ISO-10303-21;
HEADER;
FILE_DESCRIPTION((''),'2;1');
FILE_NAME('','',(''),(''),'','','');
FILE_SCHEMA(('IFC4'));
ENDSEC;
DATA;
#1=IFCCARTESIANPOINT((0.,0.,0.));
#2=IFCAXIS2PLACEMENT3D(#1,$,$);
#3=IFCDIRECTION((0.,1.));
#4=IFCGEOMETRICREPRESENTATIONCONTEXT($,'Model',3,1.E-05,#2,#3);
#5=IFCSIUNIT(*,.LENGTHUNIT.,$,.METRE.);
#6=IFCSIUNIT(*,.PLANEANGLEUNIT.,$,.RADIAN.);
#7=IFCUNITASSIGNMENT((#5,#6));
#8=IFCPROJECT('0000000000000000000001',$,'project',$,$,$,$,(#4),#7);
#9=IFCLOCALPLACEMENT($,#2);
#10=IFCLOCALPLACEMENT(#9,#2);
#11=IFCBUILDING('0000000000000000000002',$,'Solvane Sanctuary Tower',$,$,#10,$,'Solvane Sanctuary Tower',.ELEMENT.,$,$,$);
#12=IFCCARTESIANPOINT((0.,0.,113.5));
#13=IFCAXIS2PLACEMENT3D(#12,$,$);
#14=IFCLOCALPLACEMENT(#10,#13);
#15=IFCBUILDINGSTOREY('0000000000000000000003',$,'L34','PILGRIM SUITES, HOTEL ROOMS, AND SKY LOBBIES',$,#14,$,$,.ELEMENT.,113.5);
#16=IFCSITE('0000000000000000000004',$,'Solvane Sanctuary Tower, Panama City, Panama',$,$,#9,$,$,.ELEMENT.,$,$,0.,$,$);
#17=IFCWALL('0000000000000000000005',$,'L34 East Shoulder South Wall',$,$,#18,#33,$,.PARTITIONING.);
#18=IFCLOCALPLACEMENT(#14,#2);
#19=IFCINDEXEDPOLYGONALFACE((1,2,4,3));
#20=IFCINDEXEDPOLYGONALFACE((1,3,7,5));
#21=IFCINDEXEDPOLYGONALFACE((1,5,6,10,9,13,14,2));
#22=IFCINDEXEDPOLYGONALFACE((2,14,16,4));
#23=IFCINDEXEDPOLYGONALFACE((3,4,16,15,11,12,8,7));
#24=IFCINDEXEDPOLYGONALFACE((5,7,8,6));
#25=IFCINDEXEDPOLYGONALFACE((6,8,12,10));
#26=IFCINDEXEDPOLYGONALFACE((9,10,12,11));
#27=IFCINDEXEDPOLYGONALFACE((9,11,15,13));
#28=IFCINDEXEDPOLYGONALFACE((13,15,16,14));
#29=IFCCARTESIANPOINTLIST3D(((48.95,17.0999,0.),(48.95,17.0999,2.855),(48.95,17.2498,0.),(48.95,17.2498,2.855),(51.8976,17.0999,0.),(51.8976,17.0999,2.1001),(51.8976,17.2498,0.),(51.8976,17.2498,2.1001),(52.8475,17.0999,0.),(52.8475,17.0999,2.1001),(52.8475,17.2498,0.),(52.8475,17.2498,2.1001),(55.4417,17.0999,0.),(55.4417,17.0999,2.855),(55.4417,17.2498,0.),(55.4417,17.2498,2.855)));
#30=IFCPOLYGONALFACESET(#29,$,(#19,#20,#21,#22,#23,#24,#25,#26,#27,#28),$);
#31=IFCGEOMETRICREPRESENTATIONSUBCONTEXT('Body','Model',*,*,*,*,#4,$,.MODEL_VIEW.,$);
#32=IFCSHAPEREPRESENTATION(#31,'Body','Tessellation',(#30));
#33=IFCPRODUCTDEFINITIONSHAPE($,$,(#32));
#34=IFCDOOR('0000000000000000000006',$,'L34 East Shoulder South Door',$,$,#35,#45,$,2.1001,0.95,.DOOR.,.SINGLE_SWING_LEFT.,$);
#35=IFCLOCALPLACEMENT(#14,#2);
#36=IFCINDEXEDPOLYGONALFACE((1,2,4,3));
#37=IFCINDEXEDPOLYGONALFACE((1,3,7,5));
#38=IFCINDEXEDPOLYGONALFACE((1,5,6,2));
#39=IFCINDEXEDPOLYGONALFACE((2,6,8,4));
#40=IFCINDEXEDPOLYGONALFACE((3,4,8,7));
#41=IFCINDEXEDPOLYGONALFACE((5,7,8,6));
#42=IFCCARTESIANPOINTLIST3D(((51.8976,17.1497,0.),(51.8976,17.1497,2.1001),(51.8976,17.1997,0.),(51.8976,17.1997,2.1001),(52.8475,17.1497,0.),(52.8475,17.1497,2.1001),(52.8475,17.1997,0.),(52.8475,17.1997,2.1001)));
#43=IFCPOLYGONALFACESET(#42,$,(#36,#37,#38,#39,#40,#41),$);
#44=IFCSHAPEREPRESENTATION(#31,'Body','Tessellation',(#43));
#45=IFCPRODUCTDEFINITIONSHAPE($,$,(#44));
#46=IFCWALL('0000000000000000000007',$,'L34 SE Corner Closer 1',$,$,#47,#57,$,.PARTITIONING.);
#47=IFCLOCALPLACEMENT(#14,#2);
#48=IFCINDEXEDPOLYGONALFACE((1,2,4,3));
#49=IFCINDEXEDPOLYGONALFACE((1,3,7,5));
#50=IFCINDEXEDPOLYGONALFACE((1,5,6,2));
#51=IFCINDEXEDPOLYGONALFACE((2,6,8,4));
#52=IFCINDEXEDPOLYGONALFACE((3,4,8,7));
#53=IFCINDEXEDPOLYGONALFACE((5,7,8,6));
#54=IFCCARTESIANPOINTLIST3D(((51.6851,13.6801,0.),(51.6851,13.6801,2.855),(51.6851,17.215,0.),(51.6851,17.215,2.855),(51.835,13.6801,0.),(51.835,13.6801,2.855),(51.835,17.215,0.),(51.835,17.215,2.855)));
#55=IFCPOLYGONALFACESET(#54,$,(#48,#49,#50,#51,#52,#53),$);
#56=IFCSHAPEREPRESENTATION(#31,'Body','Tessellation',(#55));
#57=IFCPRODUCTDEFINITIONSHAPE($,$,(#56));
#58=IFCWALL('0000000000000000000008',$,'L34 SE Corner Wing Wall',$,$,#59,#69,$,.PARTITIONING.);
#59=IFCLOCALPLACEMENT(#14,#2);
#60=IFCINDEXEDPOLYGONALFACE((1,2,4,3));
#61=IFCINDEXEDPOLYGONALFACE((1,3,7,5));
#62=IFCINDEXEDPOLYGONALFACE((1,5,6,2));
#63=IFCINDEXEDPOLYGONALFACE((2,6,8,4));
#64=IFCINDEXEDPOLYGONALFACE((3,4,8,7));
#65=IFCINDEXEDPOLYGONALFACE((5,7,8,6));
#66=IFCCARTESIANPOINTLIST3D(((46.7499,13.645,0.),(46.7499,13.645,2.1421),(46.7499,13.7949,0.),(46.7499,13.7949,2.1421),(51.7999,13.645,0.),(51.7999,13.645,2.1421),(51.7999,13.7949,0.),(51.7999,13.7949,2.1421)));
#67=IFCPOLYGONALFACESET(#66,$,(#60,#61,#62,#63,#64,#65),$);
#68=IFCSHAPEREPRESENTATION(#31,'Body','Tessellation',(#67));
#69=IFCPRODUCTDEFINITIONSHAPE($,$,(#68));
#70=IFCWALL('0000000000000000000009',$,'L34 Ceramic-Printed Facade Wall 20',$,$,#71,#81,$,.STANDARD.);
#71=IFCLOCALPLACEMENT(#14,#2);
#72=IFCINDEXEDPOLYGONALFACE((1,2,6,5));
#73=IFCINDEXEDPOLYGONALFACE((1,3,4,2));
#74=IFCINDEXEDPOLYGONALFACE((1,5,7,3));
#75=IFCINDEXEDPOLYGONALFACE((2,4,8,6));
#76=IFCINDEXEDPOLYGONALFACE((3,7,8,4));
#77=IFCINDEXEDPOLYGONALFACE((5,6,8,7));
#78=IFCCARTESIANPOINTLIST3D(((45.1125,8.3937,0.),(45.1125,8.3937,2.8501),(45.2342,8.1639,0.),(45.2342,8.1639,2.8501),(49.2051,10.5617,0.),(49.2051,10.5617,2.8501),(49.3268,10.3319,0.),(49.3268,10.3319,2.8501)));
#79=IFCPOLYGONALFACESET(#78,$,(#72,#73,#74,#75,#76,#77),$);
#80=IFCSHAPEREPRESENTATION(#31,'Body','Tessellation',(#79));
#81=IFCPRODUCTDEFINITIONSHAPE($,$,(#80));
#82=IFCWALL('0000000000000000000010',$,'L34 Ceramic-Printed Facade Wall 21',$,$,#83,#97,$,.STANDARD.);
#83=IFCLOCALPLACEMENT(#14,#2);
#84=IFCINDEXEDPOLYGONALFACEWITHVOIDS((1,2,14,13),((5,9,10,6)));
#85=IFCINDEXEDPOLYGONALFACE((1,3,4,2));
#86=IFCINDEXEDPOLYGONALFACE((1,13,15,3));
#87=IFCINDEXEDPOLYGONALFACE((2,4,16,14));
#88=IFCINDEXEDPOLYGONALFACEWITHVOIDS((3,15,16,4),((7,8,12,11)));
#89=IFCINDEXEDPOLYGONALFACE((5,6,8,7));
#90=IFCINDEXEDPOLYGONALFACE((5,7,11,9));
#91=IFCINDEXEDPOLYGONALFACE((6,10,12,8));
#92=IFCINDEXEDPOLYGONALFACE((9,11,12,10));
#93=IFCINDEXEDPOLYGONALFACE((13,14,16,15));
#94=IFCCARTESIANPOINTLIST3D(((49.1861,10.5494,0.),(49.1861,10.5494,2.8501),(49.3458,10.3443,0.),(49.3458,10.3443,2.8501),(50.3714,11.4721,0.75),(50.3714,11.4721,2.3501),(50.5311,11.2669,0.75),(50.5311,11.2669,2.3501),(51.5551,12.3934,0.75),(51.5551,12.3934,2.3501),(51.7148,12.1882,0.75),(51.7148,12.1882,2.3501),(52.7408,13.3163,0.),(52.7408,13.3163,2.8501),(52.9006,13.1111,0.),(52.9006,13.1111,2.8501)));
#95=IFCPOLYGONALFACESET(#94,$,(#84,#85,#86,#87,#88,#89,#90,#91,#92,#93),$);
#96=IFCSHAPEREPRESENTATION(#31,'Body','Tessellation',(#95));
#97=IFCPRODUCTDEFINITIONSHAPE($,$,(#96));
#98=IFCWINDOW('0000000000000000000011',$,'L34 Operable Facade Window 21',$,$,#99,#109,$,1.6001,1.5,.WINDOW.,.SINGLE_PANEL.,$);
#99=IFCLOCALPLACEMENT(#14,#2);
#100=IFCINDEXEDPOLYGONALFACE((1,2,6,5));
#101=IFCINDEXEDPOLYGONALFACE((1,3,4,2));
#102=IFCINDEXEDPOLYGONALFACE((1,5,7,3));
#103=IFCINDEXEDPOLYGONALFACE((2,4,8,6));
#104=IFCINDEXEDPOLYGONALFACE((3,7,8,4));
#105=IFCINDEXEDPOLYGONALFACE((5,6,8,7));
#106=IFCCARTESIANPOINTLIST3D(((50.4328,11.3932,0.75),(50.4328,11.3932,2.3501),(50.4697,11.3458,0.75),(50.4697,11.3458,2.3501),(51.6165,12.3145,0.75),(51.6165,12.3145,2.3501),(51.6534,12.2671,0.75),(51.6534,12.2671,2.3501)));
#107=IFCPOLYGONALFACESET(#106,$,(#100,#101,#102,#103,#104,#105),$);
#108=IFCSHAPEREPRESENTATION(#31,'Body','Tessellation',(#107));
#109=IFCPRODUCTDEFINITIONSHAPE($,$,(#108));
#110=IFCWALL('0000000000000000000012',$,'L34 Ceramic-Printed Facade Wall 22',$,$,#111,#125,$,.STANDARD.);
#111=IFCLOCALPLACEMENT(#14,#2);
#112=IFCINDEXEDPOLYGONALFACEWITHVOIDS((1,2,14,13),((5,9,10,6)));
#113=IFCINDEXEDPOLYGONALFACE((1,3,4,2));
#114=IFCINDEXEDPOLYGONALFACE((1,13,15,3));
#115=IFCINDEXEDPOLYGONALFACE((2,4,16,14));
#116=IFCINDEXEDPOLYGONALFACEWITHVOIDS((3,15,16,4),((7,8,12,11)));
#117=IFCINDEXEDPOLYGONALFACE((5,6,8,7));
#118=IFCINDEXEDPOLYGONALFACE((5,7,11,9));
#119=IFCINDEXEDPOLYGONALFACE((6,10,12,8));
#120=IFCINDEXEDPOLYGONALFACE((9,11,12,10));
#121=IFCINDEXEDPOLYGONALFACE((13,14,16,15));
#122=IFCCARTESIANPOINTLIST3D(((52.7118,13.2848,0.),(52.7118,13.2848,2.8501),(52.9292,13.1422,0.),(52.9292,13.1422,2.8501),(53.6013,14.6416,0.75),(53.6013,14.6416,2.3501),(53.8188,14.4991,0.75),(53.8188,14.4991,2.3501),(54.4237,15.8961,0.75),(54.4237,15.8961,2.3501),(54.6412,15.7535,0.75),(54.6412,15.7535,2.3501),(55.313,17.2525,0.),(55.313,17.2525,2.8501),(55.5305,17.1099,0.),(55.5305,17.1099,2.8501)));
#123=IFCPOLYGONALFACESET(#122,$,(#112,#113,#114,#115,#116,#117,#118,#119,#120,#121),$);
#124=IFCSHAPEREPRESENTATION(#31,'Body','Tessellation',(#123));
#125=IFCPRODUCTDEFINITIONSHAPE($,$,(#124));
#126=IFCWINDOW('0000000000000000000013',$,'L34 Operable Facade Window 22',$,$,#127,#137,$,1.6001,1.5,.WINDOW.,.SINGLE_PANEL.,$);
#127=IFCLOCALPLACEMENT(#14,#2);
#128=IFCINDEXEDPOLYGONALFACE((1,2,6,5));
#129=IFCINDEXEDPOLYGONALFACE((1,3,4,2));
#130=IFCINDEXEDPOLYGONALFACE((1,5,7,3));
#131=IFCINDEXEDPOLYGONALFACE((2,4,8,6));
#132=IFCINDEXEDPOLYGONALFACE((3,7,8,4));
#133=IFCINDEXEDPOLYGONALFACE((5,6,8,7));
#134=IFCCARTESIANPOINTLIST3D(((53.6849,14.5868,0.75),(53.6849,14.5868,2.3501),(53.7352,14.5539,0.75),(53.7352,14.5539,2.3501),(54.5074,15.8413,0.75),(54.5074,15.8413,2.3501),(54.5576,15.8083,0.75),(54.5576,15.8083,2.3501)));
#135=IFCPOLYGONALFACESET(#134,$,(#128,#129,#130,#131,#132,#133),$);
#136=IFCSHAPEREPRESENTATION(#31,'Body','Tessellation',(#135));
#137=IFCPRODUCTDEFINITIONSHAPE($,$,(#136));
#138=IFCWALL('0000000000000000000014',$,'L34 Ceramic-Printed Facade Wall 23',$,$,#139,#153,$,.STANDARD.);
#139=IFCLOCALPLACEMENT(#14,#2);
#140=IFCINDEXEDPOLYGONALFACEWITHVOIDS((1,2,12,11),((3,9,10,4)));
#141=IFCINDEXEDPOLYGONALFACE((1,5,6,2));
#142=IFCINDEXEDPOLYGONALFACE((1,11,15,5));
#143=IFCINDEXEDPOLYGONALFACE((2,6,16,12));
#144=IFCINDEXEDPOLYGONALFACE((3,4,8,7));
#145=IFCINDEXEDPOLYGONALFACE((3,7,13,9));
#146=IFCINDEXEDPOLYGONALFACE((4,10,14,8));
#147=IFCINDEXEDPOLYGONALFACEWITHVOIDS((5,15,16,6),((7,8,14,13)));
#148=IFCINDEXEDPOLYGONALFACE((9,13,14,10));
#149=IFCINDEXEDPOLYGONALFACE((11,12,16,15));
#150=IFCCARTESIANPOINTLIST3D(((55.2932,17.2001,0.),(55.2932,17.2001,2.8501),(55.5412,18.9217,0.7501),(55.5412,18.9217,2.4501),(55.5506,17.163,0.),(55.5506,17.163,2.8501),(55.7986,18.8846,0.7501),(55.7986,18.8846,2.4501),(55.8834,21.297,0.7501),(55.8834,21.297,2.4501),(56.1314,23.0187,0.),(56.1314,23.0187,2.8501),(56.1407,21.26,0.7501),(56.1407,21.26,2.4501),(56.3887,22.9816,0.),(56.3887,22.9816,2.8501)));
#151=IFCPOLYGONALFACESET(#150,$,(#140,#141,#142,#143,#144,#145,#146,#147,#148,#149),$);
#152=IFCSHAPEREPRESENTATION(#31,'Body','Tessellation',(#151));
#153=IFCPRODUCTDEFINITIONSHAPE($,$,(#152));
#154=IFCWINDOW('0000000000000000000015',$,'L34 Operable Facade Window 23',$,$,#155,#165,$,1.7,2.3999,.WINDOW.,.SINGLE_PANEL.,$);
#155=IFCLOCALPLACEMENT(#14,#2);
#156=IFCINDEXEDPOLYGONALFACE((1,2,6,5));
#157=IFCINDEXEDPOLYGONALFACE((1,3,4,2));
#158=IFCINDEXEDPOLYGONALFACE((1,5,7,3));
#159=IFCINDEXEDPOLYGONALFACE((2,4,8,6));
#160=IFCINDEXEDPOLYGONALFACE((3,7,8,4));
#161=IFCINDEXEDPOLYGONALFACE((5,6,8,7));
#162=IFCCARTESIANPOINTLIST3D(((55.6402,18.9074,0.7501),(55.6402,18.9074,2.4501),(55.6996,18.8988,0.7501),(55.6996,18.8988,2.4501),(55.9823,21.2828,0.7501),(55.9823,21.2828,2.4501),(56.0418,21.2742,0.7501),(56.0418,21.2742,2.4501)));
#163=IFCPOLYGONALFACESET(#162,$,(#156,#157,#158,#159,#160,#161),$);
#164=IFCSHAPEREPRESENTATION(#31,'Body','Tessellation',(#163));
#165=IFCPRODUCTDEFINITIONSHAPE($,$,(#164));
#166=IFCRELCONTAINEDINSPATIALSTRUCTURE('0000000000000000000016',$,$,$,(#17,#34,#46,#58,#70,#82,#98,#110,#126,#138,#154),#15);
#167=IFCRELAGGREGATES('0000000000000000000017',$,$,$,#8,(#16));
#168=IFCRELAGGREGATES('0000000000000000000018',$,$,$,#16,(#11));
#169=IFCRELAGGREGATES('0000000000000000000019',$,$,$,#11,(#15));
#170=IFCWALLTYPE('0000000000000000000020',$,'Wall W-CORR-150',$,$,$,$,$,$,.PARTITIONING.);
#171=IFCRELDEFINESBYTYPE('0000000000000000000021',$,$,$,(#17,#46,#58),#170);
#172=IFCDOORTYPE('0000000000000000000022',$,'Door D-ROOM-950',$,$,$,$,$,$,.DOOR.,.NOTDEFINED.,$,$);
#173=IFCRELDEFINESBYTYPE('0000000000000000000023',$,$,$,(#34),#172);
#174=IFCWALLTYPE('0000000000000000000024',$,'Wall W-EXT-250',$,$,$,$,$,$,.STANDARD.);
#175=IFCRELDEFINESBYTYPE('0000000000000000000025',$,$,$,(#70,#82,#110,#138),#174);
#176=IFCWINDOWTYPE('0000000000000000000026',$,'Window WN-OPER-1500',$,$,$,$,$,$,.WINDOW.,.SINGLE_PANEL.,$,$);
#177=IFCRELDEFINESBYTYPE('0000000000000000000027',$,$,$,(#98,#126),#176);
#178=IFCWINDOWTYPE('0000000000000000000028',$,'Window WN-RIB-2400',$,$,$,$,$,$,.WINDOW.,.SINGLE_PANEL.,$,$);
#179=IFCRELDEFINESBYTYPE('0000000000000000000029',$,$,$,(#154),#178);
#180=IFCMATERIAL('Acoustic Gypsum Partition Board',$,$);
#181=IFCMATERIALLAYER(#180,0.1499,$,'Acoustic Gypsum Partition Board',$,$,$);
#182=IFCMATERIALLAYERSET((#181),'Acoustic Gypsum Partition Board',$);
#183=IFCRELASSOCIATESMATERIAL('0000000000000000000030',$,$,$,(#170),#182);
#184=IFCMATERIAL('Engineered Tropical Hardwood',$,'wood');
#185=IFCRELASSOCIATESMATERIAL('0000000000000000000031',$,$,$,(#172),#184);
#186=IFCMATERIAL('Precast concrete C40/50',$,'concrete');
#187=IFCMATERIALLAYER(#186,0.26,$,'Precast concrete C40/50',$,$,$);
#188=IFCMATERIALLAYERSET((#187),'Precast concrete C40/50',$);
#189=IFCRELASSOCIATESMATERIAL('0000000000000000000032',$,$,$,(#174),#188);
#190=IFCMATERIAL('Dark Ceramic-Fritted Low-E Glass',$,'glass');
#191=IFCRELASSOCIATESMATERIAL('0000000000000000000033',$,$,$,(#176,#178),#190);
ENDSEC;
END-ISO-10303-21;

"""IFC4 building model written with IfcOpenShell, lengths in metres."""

from ifc_helpers import new_model, si_unit, direction, frame, frame_2d, origin, place, context, subcontext, project, spatial, rectangle, extrude, material, layer, layer_set, type_object, element, fill, save


model = new_model("IFC4")

# Units and contexts
model_context = context("Model", 3, precision=1e-05, world=origin(), true_north=direction((0.0, 1.0)))
body_context = subcontext(model_context, "Body", "Model", "MODEL_VIEW")
ifc_project = project(units=[si_unit("LENGTHUNIT", "METRE"), si_unit("PLANEANGLEUNIT", "RADIAN")], contexts=[model_context])

# Site, building, storey
site_placement = place(None, origin())
site = spatial("IfcSite", under=ifc_project, at=site_placement, Name="Solvane Sanctuary Tower, Panama City, Panama", CompositionType="ELEMENT", RefElevation=0.0)
building_placement = place(site_placement, origin())
building = spatial("IfcBuilding", under=site, at=building_placement, Name="Solvane Sanctuary Tower", LongName="Solvane Sanctuary Tower", CompositionType="ELEMENT")
storey_placement = place(building_placement, frame((0.0, 0.0, 113.5)))
storey = spatial("IfcBuildingStorey", under=building, at=storey_placement, Name="L34", Description="PILGRIM SUITES, HOTEL ROOMS, AND SKY LOBBIES", CompositionType="ELEMENT", Elevation=113.5)

# Wall, opening, door
ifc_material_1 = material(Name="Acoustic Gypsum Partition Board")
ifc_layer_1 = layer(ifc_material_1, 0.1499, Name="Acoustic Gypsum Partition Board")
ifc_layer_set_1 = layer_set([ifc_layer_1], Name="Acoustic Gypsum Partition Board")
wall_type_1 = type_object("IfcWallType", Name="Wall W-CORR-150", PredefinedType="PARTITIONING", material=ifc_layer_set_1)
wall_1_placement = place(storey_placement, frame((48.95, 17.1748, 0.0), z_axis=(0.0, 0.0, 1.0), x_axis=(1.0, 0.0, 0.0)))
wall_1 = element("IfcWall", 1, at=wall_1_placement, inside=storey, type_object=wall_type_1, Name="L34 East Shoulder South Wall", PredefinedType="PARTITIONING", context=body_context, shape_type="SweptSolid", body=[
    extrude(rectangle(XDim=6.4917, YDim=0.1499, at=frame_2d((3.2458, 0.0))), origin(), (0.0, 0.0, 1.0), 2.855),
])
opening_1_placement = place(wall_1_placement, frame((2.9475, 0.0, 0.0)))
opening_1 = element("IfcOpeningElement", 2, at=opening_1_placement, cuts=wall_1, PredefinedType="OPENING", context=body_context, shape_type="SweptSolid", body=[
    extrude(rectangle(XDim=0.95, YDim=2.1001, at=frame_2d((0.4751, 1.05))), frame((0.0, 0.085, 0.0), z_axis=(0.0, -1.0, 0.0), x_axis=(1.0, 0.0, 0.0)), (0.0, 0.0, 1.0), 0.1699),
])
ifc_material_2 = material(Name="Engineered Tropical Hardwood", Category="wood")
door_type = type_object("IfcDoorType", Name="Door D-ROOM-950", OperationType="NOTDEFINED", PredefinedType="DOOR", material=ifc_material_2)
door_placement = place(opening_1_placement, origin())
door = element("IfcDoor", 3, at=door_placement, inside=storey, type_object=door_type, Name="L34 East Shoulder South Door", OperationType="SINGLE_SWING_LEFT", OverallHeight=2.1001, OverallWidth=0.95, PredefinedType="DOOR", context=body_context, shape_type="SweptSolid", body=[
    extrude(rectangle(XDim=0.95, YDim=2.1001, at=frame_2d((0.4751, 1.05))), frame((0.0, 0.0249, 0.0), z_axis=(0.0, -1.0, 0.0), x_axis=(1.0, 0.0, 0.0)), (0.0, 0.0, 1.0), 0.05),
])
fill(opening_1, door)

# Walls
wall_2_placement = place(storey_placement, frame((51.76, 13.6799, 0.0), z_axis=(0.0, 0.0, 1.0), x_axis=(0.0, 1.0, 0.0)))
element("IfcWall", 4, at=wall_2_placement, inside=storey, type_object=wall_type_1, Name="L34 SE Corner Closer 1", PredefinedType="PARTITIONING", context=body_context, shape_type="SweptSolid", body=[
    extrude(rectangle(XDim=3.5349, YDim=0.1499, at=frame_2d((1.7676, 0.0))), origin(), (0.0, 0.0, 1.0), 2.855),
])
wall_3_placement = place(storey_placement, frame((46.75, 13.72, 0.0), z_axis=(0.0, 0.0, 1.0), x_axis=(1.0, 0.0, 0.0)))
element("IfcWall", 5, at=wall_3_placement, inside=storey, type_object=wall_type_1, Name="L34 SE Corner Wing Wall", PredefinedType="PARTITIONING", context=body_context, shape_type="SweptSolid", body=[
    extrude(rectangle(XDim=5.05, YDim=0.1499, at=frame_2d((2.5249, 0.0))), origin(), (0.0, 0.0, 1.0), 2.1421),
])
ifc_material_3 = material(Name="Precast concrete C40/50", Category="concrete")
ifc_layer_2 = layer(ifc_material_3, 0.26, Name="Precast concrete C40/50")
ifc_layer_set_2 = layer_set([ifc_layer_2], Name="Precast concrete C40/50")
wall_type_2 = type_object("IfcWallType", Name="Wall W-EXT-250", PredefinedType="STANDARD", material=ifc_layer_set_2)
wall_4_placement = place(storey_placement, frame((45.1733, 8.2788, 0.0), z_axis=(0.0, 0.0, 1.0), x_axis=(0.883669, 0.468113, 0.0)))
element("IfcWall", 6, at=wall_4_placement, inside=storey, type_object=wall_type_2, Name="L34 Ceramic-Printed Facade Wall 20", PredefinedType="STANDARD", context=body_context, shape_type="SweptSolid", body=[
    extrude(rectangle(XDim=4.6313, YDim=0.26, at=frame_2d((2.3157, 0.0))), origin(), (0.0, 0.0, 1.0), 2.8501),
])

# Walls, openings, windows
wall_5_placement = place(storey_placement, frame((49.2659, 10.4468, 0.0), z_axis=(0.0, 0.0, 1.0), x_axis=(0.789127, 0.614229, 0.0)))
wall_5 = element("IfcWall", 7, at=wall_5_placement, inside=storey, type_object=wall_type_2, Name="L34 Ceramic-Printed Facade Wall 21", PredefinedType="STANDARD", context=body_context, shape_type="SweptSolid", body=[
    extrude(rectangle(XDim=4.5046, YDim=0.26, at=frame_2d((2.2524, 0.0))), origin(), (0.0, 0.0, 1.0), 2.8501),
])
opening_2_placement = place(wall_5_placement, frame((1.5022, 0.0, 0.75)))
opening_2 = element("IfcOpeningElement", 8, at=opening_2_placement, cuts=wall_5, PredefinedType="OPENING", context=body_context, shape_type="SweptSolid", body=[
    extrude(rectangle(XDim=1.5, YDim=1.6001, at=frame_2d((0.75, 0.8))), frame((0.0, 0.1399, 0.0), z_axis=(0.0, -1.0, 0.0), x_axis=(1.0, 0.0, 0.0)), (0.0, 0.0, 1.0), 0.28),
])
ifc_material_4 = material(Name="Dark Ceramic-Fritted Low-E Glass", Category="glass")
window_type_1 = type_object("IfcWindowType", Name="Window WN-OPER-1500", PartitioningType="SINGLE_PANEL", PredefinedType="WINDOW", material=ifc_material_4)
window_1_placement = place(opening_2_placement, origin())
window_1 = element("IfcWindow", 9, at=window_1_placement, inside=storey, type_object=window_type_1, Name="L34 Operable Facade Window 21", OverallHeight=1.6001, OverallWidth=1.5, PartitioningType="SINGLE_PANEL", PredefinedType="WINDOW", context=body_context, shape_type="SweptSolid", body=[
    extrude(rectangle(XDim=1.5, YDim=1.6001, at=frame_2d((0.75, 0.8))), frame((0.0, 0.03, 0.0), z_axis=(0.0, -1.0, 0.0), x_axis=(1.0, 0.0, 0.0)), (0.0, 0.0, 1.0), 0.0601),
])
fill(opening_2, window_1)
wall_6_placement = place(storey_placement, frame((52.8206, 13.2136, 0.0), z_axis=(0.0, 0.0, 1.0), x_axis=(0.548283, 0.836293, 0.0)))
wall_6 = element("IfcWall", 10, at=wall_6_placement, inside=storey, type_object=wall_type_2, Name="L34 Ceramic-Printed Facade Wall 22", PredefinedType="STANDARD", context=body_context, shape_type="SweptSolid", body=[
    extrude(rectangle(XDim=4.7444, YDim=0.26, at=frame_2d((2.3721, 0.0))), origin(), (0.0, 0.0, 1.0), 2.8501),
])
opening_3_placement = place(wall_6_placement, frame((1.6223, 0.0, 0.75)))
opening_3 = element("IfcOpeningElement", 11, at=opening_3_placement, cuts=wall_6, PredefinedType="OPENING", context=body_context, shape_type="SweptSolid", body=[
    extrude(rectangle(XDim=1.5, YDim=1.6001, at=frame_2d((0.75, 0.8))), frame((0.0, 0.1399, 0.0), z_axis=(0.0, -1.0, 0.0), x_axis=(1.0, 0.0, 0.0)), (0.0, 0.0, 1.0), 0.28),
])
window_2_placement = place(opening_3_placement, origin())
window_2 = element("IfcWindow", 12, at=window_2_placement, inside=storey, type_object=window_type_1, Name="L34 Operable Facade Window 22", OverallHeight=1.6001, OverallWidth=1.5, PartitioningType="SINGLE_PANEL", PredefinedType="WINDOW", context=body_context, shape_type="SweptSolid", body=[
    extrude(rectangle(XDim=1.5, YDim=1.6001, at=frame_2d((0.75, 0.8))), frame((0.0, 0.03, 0.0), z_axis=(0.0, -1.0, 0.0), x_axis=(1.0, 0.0, 0.0)), (0.0, 0.0, 1.0), 0.0601),
])
fill(opening_3, window_2)
wall_7_placement = place(storey_placement, frame((55.4219, 17.1814, 0.0), z_axis=(0.0, 0.0, 1.0), x_axis=(0.142572, 0.989784, 0.0)))
wall_7 = element("IfcWall", 13, at=wall_7_placement, inside=storey, type_object=wall_type_2, Name="L34 Ceramic-Printed Facade Wall 23", PredefinedType="STANDARD", context=body_context, shape_type="SweptSolid", body=[
    extrude(rectangle(XDim=5.8787, YDim=0.26, at=frame_2d((2.9395, 0.0))), origin(), (0.0, 0.0, 1.0), 2.8501),
])
opening_4_placement = place(wall_7_placement, frame((1.7395, 0.0, 0.75)))
opening_4 = element("IfcOpeningElement", 14, at=opening_4_placement, cuts=wall_7, PredefinedType="OPENING", context=body_context, shape_type="SweptSolid", body=[
    extrude(rectangle(XDim=2.3999, YDim=1.7, at=frame_2d((1.2, 0.8501))), frame((0.0, 0.1399, 0.0), z_axis=(0.0, -1.0, 0.0), x_axis=(1.0, 0.0, 0.0)), (0.0, 0.0, 1.0), 0.28),
])
window_type_2 = type_object("IfcWindowType", Name="Window WN-RIB-2400", PartitioningType="SINGLE_PANEL", PredefinedType="WINDOW", material=ifc_material_4)
window_3_placement = place(opening_4_placement, origin())
window_3 = element("IfcWindow", 15, at=window_3_placement, inside=storey, type_object=window_type_2, Name="L34 Operable Facade Window 23", OverallHeight=1.7, OverallWidth=2.3999, PartitioningType="SINGLE_PANEL", PredefinedType="WINDOW", context=body_context, shape_type="SweptSolid", body=[
    extrude(rectangle(XDim=2.3999, YDim=1.7, at=frame_2d((1.2, 0.8501))), frame((0.0, 0.03, 0.0), z_axis=(0.0, -1.0, 0.0), x_axis=(1.0, 0.0, 0.0)), (0.0, 0.0, 1.0), 0.0601),
])
fill(opening_4, window_3)

save(model, "model.ifc")
